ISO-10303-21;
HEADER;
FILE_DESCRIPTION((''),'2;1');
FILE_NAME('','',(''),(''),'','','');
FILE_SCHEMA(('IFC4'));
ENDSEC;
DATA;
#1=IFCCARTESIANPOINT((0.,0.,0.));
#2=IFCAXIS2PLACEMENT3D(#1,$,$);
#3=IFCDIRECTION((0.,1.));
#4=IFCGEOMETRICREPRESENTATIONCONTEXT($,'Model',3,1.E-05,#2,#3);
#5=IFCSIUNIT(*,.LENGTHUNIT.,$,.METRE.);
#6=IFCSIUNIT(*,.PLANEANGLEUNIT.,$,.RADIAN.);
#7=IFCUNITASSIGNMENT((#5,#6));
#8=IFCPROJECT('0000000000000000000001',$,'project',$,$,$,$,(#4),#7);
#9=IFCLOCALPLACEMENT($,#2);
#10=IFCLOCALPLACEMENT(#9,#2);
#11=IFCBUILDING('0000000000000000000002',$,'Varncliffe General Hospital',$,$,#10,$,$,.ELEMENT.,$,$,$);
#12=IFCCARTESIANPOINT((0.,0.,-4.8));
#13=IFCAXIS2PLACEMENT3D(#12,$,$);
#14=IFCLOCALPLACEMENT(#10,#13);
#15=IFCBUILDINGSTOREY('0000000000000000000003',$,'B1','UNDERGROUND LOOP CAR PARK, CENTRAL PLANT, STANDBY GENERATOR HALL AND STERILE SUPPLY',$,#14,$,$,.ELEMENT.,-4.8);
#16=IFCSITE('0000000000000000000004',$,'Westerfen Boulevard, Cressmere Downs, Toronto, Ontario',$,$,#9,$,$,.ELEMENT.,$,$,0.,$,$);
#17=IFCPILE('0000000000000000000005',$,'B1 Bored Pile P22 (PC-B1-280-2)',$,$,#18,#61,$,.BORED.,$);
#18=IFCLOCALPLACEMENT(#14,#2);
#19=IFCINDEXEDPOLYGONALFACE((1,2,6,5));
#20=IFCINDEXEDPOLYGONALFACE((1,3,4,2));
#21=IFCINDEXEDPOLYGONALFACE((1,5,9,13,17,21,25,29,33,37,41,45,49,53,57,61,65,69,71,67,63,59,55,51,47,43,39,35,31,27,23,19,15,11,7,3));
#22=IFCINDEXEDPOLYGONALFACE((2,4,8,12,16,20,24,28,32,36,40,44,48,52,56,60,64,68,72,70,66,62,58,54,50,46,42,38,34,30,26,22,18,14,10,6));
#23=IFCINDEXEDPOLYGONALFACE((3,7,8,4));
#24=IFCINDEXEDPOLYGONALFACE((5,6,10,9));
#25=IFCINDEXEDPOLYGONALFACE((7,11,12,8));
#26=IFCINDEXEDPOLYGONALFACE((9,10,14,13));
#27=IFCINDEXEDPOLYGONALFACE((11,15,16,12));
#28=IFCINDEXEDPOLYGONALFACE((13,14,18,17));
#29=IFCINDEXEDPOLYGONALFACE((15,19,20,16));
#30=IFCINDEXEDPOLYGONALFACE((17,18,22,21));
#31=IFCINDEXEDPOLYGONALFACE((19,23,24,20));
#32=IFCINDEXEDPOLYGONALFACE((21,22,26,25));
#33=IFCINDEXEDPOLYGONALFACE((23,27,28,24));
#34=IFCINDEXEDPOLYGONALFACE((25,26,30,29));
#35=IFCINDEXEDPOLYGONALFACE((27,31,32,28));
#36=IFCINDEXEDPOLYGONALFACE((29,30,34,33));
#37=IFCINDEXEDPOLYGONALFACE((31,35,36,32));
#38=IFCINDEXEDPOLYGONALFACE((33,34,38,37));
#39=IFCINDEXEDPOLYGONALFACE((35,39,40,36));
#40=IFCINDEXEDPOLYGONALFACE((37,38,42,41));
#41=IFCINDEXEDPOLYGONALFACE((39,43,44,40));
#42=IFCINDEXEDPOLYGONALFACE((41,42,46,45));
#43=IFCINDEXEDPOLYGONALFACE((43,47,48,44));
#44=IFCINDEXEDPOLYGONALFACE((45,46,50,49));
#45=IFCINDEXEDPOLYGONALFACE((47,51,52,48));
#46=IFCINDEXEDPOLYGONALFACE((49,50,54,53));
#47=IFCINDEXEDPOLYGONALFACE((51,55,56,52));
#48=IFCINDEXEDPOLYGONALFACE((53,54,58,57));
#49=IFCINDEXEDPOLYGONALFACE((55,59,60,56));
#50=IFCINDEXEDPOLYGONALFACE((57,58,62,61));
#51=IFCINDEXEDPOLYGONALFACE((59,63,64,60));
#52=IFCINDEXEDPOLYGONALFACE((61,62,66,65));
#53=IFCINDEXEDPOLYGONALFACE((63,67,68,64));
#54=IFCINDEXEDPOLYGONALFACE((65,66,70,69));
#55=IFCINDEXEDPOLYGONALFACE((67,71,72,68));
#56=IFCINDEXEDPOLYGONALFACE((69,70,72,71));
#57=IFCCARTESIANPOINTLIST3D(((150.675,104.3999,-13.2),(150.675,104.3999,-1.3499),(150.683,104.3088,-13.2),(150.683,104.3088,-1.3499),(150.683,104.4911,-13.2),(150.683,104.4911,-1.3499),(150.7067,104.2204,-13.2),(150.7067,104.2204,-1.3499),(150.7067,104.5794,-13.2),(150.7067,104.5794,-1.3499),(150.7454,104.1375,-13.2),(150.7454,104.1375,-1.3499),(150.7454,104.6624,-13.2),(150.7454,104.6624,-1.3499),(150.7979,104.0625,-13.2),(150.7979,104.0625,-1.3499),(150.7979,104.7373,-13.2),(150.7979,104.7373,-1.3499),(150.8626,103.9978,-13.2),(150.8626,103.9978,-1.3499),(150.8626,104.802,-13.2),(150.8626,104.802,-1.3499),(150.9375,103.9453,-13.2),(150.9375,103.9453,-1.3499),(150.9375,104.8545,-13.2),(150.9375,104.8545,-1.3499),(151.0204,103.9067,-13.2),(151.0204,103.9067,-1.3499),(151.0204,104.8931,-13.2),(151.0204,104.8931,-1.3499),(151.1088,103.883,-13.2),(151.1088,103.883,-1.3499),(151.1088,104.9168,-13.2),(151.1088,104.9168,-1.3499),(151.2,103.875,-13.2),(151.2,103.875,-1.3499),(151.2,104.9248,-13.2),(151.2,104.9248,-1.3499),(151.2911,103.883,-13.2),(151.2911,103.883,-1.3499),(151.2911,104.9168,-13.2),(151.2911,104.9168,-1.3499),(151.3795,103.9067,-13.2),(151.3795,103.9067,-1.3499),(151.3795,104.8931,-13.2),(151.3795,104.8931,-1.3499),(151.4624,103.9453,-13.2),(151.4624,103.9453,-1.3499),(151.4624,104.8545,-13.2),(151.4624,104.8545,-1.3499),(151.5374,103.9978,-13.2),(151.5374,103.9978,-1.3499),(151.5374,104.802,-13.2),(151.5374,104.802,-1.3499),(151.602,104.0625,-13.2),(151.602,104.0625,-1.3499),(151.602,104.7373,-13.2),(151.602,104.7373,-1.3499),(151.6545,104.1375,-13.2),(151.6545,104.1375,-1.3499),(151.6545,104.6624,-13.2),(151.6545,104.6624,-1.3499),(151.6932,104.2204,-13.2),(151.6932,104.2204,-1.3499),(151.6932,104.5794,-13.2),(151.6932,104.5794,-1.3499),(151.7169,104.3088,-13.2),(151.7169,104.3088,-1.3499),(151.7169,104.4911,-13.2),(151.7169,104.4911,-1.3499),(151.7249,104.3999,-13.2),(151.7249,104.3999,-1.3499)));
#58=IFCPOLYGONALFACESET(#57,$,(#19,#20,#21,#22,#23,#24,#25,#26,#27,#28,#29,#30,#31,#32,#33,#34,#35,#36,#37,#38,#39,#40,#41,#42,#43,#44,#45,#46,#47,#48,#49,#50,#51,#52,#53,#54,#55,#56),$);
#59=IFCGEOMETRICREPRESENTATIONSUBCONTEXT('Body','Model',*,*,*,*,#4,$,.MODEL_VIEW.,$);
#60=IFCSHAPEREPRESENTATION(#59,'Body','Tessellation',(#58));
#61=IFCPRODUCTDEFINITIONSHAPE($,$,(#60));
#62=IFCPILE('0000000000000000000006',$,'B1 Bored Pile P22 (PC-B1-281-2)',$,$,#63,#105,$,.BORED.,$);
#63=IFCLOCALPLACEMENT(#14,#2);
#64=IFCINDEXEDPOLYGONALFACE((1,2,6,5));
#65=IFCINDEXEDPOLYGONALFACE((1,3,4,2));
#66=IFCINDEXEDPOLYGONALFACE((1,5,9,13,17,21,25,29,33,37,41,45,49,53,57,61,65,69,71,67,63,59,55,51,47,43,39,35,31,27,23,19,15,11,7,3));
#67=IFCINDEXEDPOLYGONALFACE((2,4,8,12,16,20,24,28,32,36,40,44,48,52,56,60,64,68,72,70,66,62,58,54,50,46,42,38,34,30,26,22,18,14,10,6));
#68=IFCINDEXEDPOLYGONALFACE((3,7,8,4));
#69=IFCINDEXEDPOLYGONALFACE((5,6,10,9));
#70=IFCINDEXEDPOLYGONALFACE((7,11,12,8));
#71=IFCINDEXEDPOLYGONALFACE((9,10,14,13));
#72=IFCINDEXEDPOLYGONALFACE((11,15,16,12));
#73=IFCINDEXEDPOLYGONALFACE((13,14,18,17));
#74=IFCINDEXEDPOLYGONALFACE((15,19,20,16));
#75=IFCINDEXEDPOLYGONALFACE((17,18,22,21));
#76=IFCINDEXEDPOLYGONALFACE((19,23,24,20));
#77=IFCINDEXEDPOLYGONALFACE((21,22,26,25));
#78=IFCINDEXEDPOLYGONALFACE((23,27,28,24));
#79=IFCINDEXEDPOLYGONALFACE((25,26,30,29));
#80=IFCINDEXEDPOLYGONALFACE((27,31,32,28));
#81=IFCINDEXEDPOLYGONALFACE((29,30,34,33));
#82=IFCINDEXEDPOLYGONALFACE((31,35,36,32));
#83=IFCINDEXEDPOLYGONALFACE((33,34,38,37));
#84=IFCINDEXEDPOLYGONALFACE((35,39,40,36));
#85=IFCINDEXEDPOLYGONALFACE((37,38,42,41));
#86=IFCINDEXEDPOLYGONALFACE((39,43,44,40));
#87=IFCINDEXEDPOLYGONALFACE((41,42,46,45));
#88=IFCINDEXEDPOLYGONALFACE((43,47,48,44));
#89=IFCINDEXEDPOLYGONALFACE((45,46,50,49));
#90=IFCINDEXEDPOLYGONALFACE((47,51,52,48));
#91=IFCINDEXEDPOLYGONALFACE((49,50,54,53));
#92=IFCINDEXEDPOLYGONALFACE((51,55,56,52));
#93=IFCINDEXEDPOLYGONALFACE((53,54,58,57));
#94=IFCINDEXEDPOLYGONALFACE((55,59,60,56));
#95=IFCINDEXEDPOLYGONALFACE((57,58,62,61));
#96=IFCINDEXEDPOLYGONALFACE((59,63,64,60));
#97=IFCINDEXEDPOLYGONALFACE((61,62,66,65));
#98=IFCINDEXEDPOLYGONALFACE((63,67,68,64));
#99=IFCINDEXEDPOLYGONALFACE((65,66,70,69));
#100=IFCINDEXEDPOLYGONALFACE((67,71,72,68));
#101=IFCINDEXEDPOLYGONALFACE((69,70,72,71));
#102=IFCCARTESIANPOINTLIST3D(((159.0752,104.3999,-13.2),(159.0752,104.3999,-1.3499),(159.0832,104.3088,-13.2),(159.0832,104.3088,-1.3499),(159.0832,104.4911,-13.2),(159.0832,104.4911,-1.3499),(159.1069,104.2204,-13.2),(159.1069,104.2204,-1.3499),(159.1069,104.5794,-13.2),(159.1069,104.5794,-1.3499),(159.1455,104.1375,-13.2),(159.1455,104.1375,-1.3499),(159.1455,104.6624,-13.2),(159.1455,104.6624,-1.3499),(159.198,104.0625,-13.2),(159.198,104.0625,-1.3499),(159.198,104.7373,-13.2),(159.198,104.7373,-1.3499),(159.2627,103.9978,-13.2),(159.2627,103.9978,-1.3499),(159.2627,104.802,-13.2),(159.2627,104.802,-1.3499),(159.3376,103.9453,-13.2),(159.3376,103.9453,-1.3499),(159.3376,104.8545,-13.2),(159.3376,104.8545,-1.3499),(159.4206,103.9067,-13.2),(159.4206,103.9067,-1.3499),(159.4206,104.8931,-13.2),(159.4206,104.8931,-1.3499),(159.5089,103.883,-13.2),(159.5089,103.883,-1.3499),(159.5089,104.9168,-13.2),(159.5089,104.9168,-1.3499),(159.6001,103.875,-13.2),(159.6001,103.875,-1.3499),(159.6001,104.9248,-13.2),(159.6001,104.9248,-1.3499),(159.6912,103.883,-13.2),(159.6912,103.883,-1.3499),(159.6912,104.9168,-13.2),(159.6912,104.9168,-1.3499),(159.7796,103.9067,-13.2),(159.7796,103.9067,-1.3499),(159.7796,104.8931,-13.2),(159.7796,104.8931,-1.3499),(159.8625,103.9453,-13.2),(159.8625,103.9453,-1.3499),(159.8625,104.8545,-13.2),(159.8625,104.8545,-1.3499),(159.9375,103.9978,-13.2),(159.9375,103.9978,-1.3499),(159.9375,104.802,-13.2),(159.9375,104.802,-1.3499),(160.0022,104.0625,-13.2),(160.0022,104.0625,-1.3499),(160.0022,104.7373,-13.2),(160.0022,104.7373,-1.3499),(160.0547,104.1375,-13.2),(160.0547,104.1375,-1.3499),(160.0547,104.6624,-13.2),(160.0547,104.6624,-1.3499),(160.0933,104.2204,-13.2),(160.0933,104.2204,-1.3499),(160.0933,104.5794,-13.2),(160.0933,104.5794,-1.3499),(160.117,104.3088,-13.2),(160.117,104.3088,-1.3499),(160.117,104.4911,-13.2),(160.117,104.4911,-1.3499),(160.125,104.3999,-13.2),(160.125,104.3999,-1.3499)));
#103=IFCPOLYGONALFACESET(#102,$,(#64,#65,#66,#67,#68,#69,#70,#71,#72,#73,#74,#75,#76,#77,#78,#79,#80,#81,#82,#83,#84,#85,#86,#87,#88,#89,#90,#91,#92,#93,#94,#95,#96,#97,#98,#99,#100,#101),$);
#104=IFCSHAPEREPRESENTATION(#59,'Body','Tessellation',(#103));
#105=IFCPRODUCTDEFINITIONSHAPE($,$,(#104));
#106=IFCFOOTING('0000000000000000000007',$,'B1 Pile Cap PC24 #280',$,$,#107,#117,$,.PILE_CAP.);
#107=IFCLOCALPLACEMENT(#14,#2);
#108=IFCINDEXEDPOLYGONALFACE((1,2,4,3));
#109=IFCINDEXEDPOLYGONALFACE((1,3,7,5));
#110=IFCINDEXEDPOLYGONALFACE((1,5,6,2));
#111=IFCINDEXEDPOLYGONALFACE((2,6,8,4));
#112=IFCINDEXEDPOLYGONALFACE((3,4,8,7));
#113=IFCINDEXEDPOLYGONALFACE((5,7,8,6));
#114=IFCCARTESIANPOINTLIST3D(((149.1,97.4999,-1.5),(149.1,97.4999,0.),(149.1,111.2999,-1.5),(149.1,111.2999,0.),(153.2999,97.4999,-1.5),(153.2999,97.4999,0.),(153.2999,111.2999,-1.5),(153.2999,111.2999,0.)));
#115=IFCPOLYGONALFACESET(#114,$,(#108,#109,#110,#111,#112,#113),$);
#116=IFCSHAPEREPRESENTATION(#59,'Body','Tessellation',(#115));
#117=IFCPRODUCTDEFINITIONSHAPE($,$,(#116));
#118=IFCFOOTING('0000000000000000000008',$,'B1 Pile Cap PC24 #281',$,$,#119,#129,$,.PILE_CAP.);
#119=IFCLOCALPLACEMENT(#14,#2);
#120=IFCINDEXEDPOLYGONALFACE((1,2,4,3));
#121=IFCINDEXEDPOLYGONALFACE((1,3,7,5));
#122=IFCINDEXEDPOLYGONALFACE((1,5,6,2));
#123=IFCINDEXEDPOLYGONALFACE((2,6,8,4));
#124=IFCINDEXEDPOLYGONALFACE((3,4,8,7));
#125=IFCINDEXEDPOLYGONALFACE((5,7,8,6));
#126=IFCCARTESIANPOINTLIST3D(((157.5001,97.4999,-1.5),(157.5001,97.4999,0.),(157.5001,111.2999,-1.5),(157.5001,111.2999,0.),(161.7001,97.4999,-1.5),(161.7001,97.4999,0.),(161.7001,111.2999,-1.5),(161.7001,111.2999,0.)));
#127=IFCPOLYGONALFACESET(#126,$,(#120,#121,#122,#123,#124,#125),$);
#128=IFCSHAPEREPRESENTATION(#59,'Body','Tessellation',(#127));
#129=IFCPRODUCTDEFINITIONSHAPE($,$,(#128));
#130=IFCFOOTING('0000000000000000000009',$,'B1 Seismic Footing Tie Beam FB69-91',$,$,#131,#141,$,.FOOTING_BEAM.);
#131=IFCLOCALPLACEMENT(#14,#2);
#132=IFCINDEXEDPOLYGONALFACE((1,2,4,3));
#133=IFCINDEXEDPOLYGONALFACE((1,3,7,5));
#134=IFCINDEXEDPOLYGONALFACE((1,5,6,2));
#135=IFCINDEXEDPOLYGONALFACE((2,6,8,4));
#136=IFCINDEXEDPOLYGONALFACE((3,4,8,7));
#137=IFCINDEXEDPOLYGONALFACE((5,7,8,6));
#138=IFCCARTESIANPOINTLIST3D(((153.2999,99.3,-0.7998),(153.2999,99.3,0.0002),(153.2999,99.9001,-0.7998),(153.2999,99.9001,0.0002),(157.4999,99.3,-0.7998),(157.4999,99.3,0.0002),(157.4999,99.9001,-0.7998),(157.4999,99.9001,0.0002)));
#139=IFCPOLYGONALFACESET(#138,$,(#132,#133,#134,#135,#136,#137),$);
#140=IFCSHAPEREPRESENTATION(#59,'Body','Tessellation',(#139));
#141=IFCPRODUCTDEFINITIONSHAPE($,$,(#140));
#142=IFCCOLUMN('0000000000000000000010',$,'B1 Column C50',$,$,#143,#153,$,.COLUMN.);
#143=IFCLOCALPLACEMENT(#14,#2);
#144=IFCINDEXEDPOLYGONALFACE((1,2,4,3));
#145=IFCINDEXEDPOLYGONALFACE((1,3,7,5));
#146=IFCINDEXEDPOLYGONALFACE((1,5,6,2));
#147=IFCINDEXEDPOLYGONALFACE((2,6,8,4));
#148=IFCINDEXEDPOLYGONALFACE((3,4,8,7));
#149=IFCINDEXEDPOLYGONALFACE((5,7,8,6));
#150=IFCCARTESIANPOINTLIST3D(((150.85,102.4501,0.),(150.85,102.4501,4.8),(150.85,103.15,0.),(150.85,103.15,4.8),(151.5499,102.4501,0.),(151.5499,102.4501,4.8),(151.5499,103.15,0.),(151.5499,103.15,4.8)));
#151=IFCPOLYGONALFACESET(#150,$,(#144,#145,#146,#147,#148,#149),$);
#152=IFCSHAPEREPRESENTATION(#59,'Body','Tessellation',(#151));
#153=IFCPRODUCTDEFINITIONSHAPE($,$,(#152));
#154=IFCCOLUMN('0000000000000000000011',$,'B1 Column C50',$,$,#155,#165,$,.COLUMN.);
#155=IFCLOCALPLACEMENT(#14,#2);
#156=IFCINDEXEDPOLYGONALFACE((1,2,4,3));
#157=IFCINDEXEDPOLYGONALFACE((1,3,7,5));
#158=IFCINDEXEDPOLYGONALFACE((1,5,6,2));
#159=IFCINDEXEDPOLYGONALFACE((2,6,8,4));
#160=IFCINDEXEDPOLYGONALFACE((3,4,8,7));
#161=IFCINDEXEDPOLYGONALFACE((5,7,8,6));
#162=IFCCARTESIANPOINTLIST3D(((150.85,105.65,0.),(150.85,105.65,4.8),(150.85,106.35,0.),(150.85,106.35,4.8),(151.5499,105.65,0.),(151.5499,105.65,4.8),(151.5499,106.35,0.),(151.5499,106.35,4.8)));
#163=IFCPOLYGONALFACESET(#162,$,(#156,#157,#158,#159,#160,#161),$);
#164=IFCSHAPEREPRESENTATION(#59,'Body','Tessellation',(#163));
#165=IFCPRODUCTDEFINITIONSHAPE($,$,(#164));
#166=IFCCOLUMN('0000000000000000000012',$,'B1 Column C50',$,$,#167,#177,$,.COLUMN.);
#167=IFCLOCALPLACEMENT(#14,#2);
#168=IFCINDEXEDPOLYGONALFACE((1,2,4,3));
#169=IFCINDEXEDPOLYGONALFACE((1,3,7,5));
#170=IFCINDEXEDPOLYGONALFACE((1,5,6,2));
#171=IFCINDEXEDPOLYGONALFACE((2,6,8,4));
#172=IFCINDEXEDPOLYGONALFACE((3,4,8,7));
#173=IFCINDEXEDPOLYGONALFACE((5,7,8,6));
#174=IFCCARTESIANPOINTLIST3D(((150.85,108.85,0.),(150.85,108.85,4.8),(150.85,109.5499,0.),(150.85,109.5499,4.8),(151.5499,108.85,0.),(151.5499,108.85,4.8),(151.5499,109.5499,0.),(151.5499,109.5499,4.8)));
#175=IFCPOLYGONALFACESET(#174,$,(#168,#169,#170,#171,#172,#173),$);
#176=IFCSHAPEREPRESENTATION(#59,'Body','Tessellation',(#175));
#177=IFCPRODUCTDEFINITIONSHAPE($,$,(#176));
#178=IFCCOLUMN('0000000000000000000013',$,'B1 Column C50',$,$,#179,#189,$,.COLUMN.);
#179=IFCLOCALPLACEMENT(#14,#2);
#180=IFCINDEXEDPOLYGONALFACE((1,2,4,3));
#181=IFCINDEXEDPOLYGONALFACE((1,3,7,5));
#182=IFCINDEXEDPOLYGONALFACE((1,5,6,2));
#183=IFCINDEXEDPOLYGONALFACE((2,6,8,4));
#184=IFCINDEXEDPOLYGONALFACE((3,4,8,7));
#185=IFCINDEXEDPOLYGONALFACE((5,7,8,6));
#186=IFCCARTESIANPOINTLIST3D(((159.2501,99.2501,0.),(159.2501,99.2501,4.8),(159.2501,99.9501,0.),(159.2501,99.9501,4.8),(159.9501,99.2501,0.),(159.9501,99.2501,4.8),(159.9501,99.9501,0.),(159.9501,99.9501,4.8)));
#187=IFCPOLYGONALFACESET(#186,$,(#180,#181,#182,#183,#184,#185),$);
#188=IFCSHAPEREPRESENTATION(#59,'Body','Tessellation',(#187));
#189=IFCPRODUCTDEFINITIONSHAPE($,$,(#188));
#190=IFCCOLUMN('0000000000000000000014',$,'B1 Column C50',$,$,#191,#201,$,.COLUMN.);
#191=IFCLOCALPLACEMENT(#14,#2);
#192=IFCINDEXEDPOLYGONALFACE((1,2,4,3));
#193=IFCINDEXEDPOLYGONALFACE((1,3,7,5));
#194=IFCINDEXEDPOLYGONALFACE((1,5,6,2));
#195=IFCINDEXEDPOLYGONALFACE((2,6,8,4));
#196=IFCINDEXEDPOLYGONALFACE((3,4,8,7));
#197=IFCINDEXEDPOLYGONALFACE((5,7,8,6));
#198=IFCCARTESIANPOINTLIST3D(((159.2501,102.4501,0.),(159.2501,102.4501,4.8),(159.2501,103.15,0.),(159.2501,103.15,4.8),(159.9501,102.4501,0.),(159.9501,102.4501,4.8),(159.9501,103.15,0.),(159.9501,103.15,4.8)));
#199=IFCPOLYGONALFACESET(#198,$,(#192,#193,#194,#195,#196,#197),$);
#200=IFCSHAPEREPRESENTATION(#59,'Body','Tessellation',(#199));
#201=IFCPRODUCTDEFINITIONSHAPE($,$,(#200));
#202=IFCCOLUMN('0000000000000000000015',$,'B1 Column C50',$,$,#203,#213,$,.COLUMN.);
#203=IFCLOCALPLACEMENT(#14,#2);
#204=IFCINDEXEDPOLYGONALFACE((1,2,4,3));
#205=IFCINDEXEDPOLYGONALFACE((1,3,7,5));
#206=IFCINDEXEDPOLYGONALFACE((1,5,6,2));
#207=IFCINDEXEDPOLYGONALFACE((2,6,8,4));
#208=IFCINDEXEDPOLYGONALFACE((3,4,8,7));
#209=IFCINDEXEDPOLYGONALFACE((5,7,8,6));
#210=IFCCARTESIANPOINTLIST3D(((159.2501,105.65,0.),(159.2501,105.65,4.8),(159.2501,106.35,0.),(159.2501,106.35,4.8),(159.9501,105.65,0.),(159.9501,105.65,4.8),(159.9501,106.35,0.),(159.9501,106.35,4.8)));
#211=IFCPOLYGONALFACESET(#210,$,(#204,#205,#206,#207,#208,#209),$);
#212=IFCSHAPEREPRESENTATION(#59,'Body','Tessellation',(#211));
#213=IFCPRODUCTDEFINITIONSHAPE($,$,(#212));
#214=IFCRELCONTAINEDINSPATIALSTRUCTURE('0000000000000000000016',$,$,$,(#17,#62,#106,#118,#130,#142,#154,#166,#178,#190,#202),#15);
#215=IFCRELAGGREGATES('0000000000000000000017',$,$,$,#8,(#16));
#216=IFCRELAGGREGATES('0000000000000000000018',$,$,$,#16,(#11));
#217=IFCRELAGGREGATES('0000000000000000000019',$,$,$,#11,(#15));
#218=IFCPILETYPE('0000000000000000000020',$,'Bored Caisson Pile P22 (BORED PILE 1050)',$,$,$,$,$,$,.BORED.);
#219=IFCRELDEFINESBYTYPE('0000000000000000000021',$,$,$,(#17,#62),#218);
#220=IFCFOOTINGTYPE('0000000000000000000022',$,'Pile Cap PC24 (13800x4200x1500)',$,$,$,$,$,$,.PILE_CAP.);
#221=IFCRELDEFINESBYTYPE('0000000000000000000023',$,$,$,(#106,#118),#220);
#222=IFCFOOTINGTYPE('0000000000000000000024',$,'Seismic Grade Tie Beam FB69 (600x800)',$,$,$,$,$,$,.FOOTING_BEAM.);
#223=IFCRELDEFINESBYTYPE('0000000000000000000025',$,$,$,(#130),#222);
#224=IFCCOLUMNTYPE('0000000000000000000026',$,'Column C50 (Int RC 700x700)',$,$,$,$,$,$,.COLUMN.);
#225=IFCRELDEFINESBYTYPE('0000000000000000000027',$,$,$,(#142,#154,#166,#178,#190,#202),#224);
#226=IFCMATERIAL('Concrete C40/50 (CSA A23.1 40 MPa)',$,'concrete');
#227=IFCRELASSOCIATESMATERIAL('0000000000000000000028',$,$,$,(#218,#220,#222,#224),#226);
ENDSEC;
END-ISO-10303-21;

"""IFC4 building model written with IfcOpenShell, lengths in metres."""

from ifc_helpers import new_model, si_unit, direction, frame, origin, origin_2d, place, context, subcontext, project, spatial, rectangle, circle, extrude, material, material_profile, profile_set, type_object, element, save


model = new_model("IFC4")

# Units and contexts
model_context = context("Model", 3, precision=1e-05, world=origin(), true_north=direction((0.0, 1.0)))
body_context = subcontext(model_context, "Body", "Model", "MODEL_VIEW")
ifc_project = project(units=[si_unit("LENGTHUNIT", "METRE"), si_unit("PLANEANGLEUNIT", "RADIAN")], contexts=[model_context])

# Site, building, storey
site_placement = place(None, origin())
site = spatial("IfcSite", under=ifc_project, at=site_placement, Name="Westerfen Boulevard, Cressmere Downs, Toronto, Ontario", CompositionType="ELEMENT", RefElevation=0.0)
building_placement = place(site_placement, origin())
building = spatial("IfcBuilding", under=site, at=building_placement, Name="Varncliffe General Hospital", CompositionType="ELEMENT")
storey_placement = place(building_placement, frame((0.0, 0.0, -4.8)))
storey = spatial("IfcBuildingStorey", under=building, at=storey_placement, Name="B1", Description="UNDERGROUND LOOP CAR PARK, CENTRAL PLANT, STANDBY GENERATOR HALL AND STERILE SUPPLY", CompositionType="ELEMENT", Elevation=-4.8)

# Piles
ifc_material_1 = material(Name="Concrete C40/50 (CSA A23.1 40 MPa)", Category="concrete")
ifc_material_profile_1 = material_profile(ifc_material_1, circle(Radius=0.5249, at=origin_2d()), Name="BORED PILE 1050")
ifc_profile_set_1 = profile_set([ifc_material_profile_1], Name="Concrete C40/50 (CSA A23.1 40 MPa)")
pile_type = type_object("IfcPileType", Name="Bored Caisson Pile P22 (BORED PILE 1050)", PredefinedType="BORED", material=ifc_profile_set_1)
for number, where, z_axis, x_axis, name in (
    (1, (151.2, 104.3999, -1.3499), (0.0, 0.0, -1.0), (1.0, 0.0, 0.0), "B1 Bored Pile P22 (PC-B1-280-2)"),
    (2, (159.6001, 104.3999, -1.3499), (0.0, 0.0, -1.0), (1.0, 0.0, 0.0), "B1 Bored Pile P22 (PC-B1-281-2)"),
):
    element("IfcPile", number, at=place(storey_placement, frame(where, z_axis=z_axis, x_axis=x_axis)), inside=storey, type_object=pile_type, Name=name, PredefinedType="BORED", context=body_context, shape_type="SweptSolid", body=[
        extrude(circle(Radius=0.5249, at=origin_2d()), origin(), (0.0, 0.0, 1.0), 11.8501),
    ])

# Footings
footing_type_1 = type_object("IfcFootingType", Name="Pile Cap PC24 (13800x4200x1500)", PredefinedType="PILE_CAP", material=ifc_material_1)
for number, where, z_axis, x_axis, name in (
    (3, (151.2, 104.3999, -1.5), (0.0, 0.0, 1.0), (1.0, 0.0, 0.0), "B1 Pile Cap PC24 #280"),
    (4, (159.6001, 104.3999, -1.5), (0.0, 0.0, 1.0), (1.0, 0.0, 0.0), "B1 Pile Cap PC24 #281"),
):
    element("IfcFooting", number, at=place(storey_placement, frame(where, z_axis=z_axis, x_axis=x_axis)), inside=storey, type_object=footing_type_1, Name=name, PredefinedType="PILE_CAP", context=body_context, shape_type="SweptSolid", body=[
        extrude(rectangle(XDim=4.2, YDim=13.8, at=origin_2d()), origin(), (0.0, 0.0, 1.0), 1.5),
    ])
footing_type_2 = type_object("IfcFootingType", Name="Seismic Grade Tie Beam FB69 (600x800)", PredefinedType="FOOTING_BEAM", material=ifc_material_1)
footing_placement = place(storey_placement, frame((155.3999, 99.6001, -0.7998), z_axis=(0.0, 0.0, 1.0), x_axis=(1.0, 0.0, 0.0)))
element("IfcFooting", 5, at=footing_placement, inside=storey, type_object=footing_type_2, Name="B1 Seismic Footing Tie Beam FB69-91", PredefinedType="FOOTING_BEAM", context=body_context, shape_type="SweptSolid", body=[
    extrude(rectangle(XDim=4.2, YDim=0.6001, at=origin_2d()), origin(), (0.0, 0.0, 1.0), 0.8),
])

# Columns
ifc_material_profile_2 = material_profile(ifc_material_1, rectangle(XDim=0.7, YDim=0.7, at=origin_2d()), Name="RC 700x700")
ifc_profile_set_2 = profile_set([ifc_material_profile_2], Name="Concrete C40/50 (CSA A23.1 40 MPa)")
column_type = type_object("IfcColumnType", Name="Column C50 (Int RC 700x700)", PredefinedType="COLUMN", material=ifc_profile_set_2)
for number, where, z_axis, x_axis, name in (
    (6, (151.2, 102.8, 0.0), (0.0, 0.0, 1.0), (1.0, 0.0, 0.0), "B1 Column C50"),
    (7, (151.2, 106.0, 0.0), (0.0, 0.0, 1.0), (1.0, 0.0, 0.0), "B1 Column C50"),
    (8, (151.2, 109.2, 0.0), (0.0, 0.0, 1.0), (1.0, 0.0, 0.0), "B1 Column C50"),
    (9, (159.6001, 99.6001, 0.0), (0.0, 0.0, 1.0), (1.0, 0.0, 0.0), "B1 Column C50"),
    (10, (159.6001, 102.8, 0.0), (0.0, 0.0, 1.0), (1.0, 0.0, 0.0), "B1 Column C50"),
    (11, (159.6001, 106.0, 0.0), (0.0, 0.0, 1.0), (1.0, 0.0, 0.0), "B1 Column C50"),
):
    element("IfcColumn", number, at=place(storey_placement, frame(where, z_axis=z_axis, x_axis=x_axis)), inside=storey, type_object=column_type, Name=name, PredefinedType="COLUMN", context=body_context, shape_type="SweptSolid", body=[
        extrude(rectangle(XDim=0.7, YDim=0.7, at=origin_2d()), origin(), (0.0, 0.0, 1.0), 4.8),
    ])

save(model, "model.ifc")
